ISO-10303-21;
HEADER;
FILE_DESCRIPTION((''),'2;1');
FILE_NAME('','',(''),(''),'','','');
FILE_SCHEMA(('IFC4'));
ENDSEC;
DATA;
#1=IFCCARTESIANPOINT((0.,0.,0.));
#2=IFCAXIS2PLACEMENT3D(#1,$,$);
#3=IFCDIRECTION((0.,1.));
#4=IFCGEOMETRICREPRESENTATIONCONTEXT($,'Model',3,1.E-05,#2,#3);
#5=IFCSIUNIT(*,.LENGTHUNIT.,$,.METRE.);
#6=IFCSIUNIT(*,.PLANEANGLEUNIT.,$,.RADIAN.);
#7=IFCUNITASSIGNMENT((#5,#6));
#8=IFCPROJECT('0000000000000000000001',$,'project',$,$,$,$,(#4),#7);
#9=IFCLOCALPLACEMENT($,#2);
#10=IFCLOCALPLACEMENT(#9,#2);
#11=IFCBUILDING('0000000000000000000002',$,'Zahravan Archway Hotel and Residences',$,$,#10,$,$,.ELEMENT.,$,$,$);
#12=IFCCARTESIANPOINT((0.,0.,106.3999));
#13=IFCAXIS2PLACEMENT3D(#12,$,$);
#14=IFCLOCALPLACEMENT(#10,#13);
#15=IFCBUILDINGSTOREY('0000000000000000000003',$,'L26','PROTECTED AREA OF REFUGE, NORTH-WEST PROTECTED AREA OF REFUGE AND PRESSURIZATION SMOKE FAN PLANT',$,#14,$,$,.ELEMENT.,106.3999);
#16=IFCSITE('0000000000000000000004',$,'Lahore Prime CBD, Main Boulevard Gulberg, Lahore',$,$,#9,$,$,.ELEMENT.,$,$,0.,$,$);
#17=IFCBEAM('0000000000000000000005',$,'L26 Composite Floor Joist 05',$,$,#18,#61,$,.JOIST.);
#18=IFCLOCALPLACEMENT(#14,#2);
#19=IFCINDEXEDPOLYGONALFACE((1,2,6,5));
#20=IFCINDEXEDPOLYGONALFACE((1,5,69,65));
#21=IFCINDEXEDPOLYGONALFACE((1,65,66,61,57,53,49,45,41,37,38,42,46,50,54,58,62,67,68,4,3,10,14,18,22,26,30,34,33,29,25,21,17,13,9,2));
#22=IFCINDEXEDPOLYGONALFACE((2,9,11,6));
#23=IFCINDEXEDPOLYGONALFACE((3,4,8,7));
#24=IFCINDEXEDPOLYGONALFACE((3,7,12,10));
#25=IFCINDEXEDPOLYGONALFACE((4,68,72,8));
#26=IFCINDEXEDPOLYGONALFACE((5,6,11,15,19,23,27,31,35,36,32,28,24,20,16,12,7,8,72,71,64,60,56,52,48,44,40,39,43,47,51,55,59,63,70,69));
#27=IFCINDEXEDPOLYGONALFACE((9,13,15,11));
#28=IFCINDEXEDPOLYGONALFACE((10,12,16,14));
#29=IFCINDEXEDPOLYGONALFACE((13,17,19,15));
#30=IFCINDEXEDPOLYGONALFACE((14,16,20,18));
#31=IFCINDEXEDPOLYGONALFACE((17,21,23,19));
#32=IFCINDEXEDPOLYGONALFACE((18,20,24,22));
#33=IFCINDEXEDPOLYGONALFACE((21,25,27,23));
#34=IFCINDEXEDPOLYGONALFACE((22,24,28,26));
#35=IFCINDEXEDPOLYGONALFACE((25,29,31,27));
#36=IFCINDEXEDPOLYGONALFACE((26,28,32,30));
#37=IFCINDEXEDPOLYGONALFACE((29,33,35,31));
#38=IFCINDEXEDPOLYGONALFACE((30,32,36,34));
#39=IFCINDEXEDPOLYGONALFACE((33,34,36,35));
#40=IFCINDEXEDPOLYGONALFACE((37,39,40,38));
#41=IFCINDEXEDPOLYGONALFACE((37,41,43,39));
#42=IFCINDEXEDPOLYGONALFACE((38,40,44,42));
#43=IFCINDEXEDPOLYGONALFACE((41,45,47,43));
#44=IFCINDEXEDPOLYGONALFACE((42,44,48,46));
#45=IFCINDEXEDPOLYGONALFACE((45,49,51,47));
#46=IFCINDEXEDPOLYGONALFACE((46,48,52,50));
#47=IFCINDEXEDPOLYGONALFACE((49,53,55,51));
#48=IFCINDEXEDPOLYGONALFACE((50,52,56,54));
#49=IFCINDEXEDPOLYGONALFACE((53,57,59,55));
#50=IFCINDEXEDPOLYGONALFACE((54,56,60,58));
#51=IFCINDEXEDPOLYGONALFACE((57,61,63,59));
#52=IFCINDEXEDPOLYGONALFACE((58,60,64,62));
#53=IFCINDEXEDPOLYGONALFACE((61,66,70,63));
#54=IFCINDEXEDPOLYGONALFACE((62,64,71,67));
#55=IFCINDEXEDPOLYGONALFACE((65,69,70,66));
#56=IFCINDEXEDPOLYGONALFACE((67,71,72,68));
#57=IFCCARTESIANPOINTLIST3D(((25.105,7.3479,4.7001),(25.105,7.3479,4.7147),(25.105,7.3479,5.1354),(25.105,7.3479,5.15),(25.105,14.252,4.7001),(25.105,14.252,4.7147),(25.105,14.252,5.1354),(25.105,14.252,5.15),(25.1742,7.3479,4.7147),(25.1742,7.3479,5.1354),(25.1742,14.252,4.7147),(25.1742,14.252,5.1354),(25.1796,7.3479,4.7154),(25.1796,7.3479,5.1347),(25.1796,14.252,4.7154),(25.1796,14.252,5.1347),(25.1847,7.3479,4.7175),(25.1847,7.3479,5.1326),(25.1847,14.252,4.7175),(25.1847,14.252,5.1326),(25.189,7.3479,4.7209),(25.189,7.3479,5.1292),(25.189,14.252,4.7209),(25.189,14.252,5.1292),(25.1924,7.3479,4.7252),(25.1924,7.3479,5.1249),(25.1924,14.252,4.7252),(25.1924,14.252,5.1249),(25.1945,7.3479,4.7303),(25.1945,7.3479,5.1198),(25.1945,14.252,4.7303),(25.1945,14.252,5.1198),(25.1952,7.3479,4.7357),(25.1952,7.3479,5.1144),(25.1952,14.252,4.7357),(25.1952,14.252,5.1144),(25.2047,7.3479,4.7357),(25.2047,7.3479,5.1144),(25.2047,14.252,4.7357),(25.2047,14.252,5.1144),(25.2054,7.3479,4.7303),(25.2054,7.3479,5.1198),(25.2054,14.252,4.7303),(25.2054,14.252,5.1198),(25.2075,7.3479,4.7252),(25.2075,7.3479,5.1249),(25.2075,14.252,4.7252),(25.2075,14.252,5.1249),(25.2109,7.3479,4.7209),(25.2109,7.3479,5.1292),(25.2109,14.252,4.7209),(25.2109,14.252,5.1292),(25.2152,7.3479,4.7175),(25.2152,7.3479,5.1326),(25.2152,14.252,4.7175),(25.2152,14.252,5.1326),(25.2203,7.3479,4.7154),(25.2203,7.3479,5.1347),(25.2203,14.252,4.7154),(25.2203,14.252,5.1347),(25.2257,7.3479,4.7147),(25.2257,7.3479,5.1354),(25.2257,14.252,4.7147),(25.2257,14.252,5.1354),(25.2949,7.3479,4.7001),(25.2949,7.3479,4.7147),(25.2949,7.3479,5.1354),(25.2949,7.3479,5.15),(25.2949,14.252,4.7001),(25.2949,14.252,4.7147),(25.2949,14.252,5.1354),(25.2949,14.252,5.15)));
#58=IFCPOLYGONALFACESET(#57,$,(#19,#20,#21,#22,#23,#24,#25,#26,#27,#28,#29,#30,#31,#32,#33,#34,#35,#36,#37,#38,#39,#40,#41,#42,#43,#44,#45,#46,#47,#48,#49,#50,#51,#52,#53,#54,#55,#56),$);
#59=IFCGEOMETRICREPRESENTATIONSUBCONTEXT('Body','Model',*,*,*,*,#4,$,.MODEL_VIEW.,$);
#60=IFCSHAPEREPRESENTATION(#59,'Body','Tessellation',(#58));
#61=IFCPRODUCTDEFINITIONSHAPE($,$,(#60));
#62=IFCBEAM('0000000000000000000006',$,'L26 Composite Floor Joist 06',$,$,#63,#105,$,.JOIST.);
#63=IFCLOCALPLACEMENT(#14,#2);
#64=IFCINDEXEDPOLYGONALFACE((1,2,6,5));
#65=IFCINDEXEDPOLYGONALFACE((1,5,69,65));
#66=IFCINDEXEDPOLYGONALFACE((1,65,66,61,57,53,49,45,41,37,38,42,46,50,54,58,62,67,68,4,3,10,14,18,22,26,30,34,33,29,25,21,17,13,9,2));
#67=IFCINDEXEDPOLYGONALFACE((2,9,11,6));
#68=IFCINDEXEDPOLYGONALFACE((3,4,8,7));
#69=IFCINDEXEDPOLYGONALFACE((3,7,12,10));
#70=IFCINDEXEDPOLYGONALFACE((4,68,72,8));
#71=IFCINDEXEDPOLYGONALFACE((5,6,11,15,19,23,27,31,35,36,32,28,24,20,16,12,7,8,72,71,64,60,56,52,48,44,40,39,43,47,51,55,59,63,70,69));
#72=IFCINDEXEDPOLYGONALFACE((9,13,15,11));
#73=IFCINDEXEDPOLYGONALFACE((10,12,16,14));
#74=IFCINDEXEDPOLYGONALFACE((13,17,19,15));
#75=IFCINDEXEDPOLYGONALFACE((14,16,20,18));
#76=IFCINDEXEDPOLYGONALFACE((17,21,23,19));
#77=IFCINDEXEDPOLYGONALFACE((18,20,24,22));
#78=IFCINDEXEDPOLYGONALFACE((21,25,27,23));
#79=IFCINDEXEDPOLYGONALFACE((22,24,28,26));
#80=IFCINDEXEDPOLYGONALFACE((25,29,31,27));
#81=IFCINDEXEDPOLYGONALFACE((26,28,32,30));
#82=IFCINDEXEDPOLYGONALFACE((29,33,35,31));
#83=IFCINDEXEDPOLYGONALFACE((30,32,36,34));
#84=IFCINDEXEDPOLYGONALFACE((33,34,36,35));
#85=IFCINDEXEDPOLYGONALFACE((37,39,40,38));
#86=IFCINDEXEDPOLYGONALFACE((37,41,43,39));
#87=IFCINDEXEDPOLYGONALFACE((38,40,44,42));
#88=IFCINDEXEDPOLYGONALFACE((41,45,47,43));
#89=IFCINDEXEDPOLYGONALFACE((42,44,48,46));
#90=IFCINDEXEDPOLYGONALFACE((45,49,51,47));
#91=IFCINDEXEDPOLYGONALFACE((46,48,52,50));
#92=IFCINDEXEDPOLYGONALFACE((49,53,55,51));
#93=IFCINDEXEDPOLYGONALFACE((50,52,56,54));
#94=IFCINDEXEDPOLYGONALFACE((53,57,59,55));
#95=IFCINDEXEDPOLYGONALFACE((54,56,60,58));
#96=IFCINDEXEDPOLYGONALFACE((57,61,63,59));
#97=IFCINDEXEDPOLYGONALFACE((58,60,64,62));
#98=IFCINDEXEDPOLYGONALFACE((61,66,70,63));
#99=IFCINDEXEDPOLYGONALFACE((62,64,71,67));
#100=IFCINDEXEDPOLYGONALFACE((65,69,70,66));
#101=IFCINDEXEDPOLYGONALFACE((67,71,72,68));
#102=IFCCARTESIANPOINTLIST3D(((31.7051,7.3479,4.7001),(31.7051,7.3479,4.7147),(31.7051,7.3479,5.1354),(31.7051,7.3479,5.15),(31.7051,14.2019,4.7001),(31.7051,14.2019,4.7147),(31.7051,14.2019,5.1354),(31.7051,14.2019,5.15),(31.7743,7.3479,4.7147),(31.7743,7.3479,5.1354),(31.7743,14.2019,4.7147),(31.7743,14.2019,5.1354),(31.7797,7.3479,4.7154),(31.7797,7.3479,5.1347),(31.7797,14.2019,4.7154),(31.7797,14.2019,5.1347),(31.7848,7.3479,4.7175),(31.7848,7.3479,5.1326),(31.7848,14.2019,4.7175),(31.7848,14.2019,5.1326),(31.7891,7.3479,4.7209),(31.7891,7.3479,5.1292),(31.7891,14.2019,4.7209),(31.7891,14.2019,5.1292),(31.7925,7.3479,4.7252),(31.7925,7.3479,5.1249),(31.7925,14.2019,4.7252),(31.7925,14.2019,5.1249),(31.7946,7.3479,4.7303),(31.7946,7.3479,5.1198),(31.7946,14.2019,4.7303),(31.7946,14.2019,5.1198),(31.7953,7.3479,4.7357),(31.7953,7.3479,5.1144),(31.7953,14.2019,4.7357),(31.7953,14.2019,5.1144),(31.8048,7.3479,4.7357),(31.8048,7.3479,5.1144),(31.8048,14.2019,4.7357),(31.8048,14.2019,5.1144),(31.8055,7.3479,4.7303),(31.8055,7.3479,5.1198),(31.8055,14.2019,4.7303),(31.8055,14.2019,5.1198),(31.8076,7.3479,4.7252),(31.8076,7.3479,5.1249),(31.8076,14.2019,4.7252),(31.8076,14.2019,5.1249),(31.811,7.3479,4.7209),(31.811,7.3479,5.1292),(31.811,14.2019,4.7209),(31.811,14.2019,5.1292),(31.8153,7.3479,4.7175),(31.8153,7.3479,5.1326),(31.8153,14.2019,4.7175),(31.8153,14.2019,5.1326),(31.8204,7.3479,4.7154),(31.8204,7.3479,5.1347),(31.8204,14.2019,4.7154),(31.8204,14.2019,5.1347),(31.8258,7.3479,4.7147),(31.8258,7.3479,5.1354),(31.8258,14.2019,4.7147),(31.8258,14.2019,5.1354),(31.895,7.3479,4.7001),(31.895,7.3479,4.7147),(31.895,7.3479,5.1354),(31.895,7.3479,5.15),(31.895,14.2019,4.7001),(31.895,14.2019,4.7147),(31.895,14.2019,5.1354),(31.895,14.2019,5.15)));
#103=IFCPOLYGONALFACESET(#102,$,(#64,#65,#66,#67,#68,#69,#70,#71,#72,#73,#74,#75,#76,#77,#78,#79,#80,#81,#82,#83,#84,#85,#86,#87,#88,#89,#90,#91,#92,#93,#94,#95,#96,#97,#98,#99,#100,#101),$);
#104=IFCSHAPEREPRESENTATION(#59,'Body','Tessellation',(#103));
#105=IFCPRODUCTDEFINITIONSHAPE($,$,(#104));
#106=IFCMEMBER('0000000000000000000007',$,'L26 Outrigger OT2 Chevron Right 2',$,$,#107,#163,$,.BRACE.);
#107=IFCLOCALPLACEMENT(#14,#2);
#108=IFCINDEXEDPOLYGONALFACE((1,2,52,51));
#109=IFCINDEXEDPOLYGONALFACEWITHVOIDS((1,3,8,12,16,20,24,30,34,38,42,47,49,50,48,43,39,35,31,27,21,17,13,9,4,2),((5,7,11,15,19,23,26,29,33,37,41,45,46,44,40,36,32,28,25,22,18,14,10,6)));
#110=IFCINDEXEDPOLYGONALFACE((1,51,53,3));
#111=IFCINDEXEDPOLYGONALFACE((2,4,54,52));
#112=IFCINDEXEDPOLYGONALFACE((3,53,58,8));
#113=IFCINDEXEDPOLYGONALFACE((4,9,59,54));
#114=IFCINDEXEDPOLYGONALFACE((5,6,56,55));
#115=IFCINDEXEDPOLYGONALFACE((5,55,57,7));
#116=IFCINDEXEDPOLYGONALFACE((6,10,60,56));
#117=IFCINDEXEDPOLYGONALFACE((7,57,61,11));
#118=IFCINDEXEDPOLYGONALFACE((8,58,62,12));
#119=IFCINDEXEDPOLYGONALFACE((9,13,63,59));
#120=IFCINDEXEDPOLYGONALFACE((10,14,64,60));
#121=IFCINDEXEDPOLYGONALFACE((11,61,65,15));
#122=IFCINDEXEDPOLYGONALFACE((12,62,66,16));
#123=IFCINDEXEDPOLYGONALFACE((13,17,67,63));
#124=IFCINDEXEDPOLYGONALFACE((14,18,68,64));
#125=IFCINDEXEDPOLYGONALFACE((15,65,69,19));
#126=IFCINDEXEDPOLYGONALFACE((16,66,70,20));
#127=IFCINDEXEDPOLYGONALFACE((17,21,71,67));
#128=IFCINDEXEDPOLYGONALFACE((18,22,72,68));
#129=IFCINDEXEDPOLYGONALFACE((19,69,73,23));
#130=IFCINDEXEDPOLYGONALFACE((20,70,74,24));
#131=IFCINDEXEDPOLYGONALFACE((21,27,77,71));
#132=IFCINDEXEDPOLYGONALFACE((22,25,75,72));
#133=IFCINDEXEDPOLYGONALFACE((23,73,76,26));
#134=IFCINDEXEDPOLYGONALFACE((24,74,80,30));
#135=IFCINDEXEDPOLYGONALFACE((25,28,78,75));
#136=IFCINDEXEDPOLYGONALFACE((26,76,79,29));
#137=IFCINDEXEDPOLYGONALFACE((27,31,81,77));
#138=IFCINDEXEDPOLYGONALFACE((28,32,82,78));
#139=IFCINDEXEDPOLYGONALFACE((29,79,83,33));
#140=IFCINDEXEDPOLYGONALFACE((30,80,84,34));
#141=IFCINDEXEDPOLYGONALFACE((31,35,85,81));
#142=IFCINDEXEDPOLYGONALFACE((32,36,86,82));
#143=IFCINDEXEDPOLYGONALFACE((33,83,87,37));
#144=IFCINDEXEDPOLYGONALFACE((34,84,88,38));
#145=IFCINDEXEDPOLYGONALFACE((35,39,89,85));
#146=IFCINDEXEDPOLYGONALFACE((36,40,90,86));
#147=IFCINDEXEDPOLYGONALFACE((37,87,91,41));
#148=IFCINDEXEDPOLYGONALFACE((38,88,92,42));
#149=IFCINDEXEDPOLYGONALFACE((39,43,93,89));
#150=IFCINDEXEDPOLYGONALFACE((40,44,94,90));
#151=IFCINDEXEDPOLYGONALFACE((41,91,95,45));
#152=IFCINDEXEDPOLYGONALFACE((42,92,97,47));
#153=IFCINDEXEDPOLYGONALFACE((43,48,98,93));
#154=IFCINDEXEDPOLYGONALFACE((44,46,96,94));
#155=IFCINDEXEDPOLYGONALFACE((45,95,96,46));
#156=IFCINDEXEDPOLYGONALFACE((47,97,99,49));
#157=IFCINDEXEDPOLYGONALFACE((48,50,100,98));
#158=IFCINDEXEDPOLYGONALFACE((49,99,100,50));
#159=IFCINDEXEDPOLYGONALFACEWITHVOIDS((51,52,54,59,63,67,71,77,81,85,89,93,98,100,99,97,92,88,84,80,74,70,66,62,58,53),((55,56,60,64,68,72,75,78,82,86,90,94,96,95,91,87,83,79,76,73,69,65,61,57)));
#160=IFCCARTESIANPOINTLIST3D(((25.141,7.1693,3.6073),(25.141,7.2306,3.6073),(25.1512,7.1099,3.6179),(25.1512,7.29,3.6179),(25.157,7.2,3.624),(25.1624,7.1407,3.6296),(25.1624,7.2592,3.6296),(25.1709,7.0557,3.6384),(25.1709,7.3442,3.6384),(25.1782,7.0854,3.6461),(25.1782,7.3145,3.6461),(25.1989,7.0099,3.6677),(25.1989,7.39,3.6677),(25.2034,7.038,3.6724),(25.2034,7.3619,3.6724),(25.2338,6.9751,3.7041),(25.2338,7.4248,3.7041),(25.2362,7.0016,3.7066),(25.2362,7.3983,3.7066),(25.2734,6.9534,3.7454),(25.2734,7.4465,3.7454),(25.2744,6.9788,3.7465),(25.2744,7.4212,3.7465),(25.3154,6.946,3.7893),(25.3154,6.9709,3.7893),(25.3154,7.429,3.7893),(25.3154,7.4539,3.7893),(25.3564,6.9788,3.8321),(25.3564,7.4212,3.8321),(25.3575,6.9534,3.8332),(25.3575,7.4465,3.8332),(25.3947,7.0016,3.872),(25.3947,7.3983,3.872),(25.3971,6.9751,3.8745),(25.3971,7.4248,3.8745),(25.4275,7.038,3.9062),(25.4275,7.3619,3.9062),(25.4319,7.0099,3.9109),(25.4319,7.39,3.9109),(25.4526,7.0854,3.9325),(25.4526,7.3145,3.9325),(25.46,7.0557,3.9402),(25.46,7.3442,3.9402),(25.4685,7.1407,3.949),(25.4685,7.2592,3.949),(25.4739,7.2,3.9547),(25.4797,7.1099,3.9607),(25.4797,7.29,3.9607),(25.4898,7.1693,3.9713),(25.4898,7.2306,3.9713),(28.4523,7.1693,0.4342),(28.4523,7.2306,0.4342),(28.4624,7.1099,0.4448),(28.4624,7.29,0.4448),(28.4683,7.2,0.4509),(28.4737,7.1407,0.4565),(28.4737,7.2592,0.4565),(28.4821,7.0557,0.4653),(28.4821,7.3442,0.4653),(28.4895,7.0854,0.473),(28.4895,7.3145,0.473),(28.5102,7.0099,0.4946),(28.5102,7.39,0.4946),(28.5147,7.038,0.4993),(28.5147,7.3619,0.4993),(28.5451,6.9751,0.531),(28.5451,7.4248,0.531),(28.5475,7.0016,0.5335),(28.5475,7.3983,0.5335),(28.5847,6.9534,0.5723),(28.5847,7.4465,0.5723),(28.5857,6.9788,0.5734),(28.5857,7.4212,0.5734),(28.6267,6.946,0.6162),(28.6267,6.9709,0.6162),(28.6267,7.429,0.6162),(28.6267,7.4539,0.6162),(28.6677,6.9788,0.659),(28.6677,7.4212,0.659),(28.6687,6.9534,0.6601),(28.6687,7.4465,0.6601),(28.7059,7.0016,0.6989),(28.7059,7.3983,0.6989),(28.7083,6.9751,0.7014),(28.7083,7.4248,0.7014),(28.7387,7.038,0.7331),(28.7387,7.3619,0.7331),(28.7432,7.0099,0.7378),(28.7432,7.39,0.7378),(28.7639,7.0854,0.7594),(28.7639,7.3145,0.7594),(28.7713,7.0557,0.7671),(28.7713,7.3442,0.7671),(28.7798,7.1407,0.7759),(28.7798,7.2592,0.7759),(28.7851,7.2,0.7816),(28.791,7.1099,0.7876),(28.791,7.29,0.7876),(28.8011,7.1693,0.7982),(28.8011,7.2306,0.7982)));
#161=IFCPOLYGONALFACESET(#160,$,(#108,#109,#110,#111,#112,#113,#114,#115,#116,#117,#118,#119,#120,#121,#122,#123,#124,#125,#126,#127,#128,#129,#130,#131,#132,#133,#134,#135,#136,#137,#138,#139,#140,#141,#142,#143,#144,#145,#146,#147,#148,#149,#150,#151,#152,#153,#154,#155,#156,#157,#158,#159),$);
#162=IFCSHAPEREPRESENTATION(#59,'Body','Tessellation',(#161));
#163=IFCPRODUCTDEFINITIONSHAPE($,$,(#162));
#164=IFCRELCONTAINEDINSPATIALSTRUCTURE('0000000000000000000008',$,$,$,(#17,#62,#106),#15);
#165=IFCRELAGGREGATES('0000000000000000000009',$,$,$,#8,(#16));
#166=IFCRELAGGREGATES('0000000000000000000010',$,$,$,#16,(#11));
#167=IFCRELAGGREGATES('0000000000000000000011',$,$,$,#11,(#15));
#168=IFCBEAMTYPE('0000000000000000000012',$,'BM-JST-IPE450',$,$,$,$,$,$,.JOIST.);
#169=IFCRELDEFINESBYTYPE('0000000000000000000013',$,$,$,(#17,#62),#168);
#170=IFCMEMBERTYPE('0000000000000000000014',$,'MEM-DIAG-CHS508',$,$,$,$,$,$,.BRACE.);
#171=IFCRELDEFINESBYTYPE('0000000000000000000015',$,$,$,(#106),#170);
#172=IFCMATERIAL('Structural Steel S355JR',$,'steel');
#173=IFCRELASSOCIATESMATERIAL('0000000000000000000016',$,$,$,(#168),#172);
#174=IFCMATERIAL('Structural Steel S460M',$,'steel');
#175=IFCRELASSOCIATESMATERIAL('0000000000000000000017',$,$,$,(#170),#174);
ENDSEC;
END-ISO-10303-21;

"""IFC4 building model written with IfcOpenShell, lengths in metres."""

from ifc_helpers import new_model, si_unit, direction, frame, origin, origin_2d, place, context, subcontext, project, spatial, hollow_circle, i_section, extrude, source, transform, mapped, material, material_profile, profile_set, type_object, type_shapes, element, save


model = new_model("IFC4")

# Units and contexts
model_context = context("Model", 3, precision=1e-05, world=origin(), true_north=direction((0.0, 1.0)))
body_context = subcontext(model_context, "Body", "Model", "MODEL_VIEW")
ifc_project = project(units=[si_unit("LENGTHUNIT", "METRE"), si_unit("PLANEANGLEUNIT", "RADIAN")], contexts=[model_context])

# Site, building, storey
site_placement = place(None, origin())
site = spatial("IfcSite", under=ifc_project, at=site_placement, Name="Lahore Prime CBD, Main Boulevard Gulberg, Lahore", CompositionType="ELEMENT", RefElevation=0.0)
building_placement = place(site_placement, origin())
building = spatial("IfcBuilding", under=site, at=building_placement, Name="Zahravan Archway Hotel and Residences", CompositionType="ELEMENT")
storey_placement = place(building_placement, frame((0.0, 0.0, 106.3999)))
storey = spatial("IfcBuildingStorey", under=building, at=storey_placement, Name="L26", Description="PROTECTED AREA OF REFUGE, NORTH-WEST PROTECTED AREA OF REFUGE AND PRESSURIZATION SMOKE FAN PLANT", CompositionType="ELEMENT", Elevation=106.3999)

# Shared definitions
ifc_material_1 = material(Name="Structural Steel S460M", Category="steel")

# Beams
ifc_material_2 = material(Name="Structural Steel S355JR", Category="steel")
ifc_material_profile_1 = material_profile(ifc_material_2, i_section(OverallWidth=0.1899, OverallDepth=0.45, WebThickness=0.0095, FlangeThickness=0.0146, FilletRadius=0.021, at=origin_2d()), Name="IPE 450", Category="steel")
ifc_profile_set_1 = profile_set([ifc_material_profile_1], Name="Structural Steel S355JR")
beam_type_1 = type_object("IfcBeamType", Name="BM-JST-IPE450", PredefinedType="JOIST", material=ifc_profile_set_1)
shared_shape_1 = source(origin(), body_context, "Body", "SweptSolid", [
    extrude(i_section(OverallWidth=0.1899, OverallDepth=0.45, WebThickness=0.0095, FlangeThickness=0.0146, FilletRadius=0.021, at=origin_2d()), origin(), (0.0, 0.0, 1.0), 6.9041),
])
type_shapes(beam_type_1, [shared_shape_1])
beam_1_placement = place(storey_placement, frame((25.2, 7.3479, 4.925), z_axis=(0.0, 1.0, 0.0), x_axis=(-1.0, 0.0, 0.0)))
element("IfcBeam", 1, at=beam_1_placement, inside=storey, type_object=beam_type_1, Name="L26 Composite Floor Joist 05", PredefinedType="JOIST", context=body_context, shape_type="MappedRepresentation", body=[
    mapped(shared_shape_1, transform((0.0, 0.0, 0.0), scale=1.0)),
])
shared_shape_2 = source(origin(), body_context, "Body", "SweptSolid", [
    extrude(i_section(OverallWidth=0.1899, OverallDepth=0.45, WebThickness=0.0095, FlangeThickness=0.0146, FilletRadius=0.021, at=origin_2d()), origin(), (0.0, 0.0, 1.0), 6.854),
])
beam_2_placement = place(storey_placement, frame((31.8, 7.3479, 4.925), z_axis=(0.0, 1.0, 0.0), x_axis=(-1.0, 0.0, 0.0)))
element("IfcBeam", 2, at=beam_2_placement, inside=storey, type_object=beam_type_1, Name="L26 Composite Floor Joist 06", PredefinedType="JOIST", context=body_context, shape_type="MappedRepresentation", body=[
    mapped(shared_shape_2, transform((0.0, 0.0, 0.0), scale=1.0)),
])

# Member
ifc_material_profile_2 = material_profile(ifc_material_1, hollow_circle(Radius=0.2539, WallThickness=0.0249, at=origin_2d()), Name="CHS 508x25", Category="steel")
ifc_profile_set_2 = profile_set([ifc_material_profile_2], Name="Structural Steel S460M")
member_type_1 = type_object("IfcMemberType", Name="MEM-DIAG-CHS508", PredefinedType="BRACE", material=ifc_profile_set_2)
shared_shape_3 = source(origin(), body_context, "Body", "SweptSolid", [
    extrude(hollow_circle(Radius=0.2539, WallThickness=0.0249, at=origin_2d()), origin(), (0.0, 0.0, 1.0), 4.5862),
])
type_shapes(member_type_1, [shared_shape_3])
member_placement = place(storey_placement, frame((25.3154, 7.2, 3.7893), z_axis=(0.722011, 0.0, -0.691881), x_axis=(0.0, 1.0, 0.0)))
element("IfcMember", 3, at=member_placement, inside=storey, type_object=member_type_1, Name="L26 Outrigger OT2 Chevron Right 2", PredefinedType="BRACE", context=body_context, shape_type="MappedRepresentation", body=[
    mapped(shared_shape_3, transform((0.0, 0.0, 0.0), scale=1.0)),
])

save(model, "model.ifc")
